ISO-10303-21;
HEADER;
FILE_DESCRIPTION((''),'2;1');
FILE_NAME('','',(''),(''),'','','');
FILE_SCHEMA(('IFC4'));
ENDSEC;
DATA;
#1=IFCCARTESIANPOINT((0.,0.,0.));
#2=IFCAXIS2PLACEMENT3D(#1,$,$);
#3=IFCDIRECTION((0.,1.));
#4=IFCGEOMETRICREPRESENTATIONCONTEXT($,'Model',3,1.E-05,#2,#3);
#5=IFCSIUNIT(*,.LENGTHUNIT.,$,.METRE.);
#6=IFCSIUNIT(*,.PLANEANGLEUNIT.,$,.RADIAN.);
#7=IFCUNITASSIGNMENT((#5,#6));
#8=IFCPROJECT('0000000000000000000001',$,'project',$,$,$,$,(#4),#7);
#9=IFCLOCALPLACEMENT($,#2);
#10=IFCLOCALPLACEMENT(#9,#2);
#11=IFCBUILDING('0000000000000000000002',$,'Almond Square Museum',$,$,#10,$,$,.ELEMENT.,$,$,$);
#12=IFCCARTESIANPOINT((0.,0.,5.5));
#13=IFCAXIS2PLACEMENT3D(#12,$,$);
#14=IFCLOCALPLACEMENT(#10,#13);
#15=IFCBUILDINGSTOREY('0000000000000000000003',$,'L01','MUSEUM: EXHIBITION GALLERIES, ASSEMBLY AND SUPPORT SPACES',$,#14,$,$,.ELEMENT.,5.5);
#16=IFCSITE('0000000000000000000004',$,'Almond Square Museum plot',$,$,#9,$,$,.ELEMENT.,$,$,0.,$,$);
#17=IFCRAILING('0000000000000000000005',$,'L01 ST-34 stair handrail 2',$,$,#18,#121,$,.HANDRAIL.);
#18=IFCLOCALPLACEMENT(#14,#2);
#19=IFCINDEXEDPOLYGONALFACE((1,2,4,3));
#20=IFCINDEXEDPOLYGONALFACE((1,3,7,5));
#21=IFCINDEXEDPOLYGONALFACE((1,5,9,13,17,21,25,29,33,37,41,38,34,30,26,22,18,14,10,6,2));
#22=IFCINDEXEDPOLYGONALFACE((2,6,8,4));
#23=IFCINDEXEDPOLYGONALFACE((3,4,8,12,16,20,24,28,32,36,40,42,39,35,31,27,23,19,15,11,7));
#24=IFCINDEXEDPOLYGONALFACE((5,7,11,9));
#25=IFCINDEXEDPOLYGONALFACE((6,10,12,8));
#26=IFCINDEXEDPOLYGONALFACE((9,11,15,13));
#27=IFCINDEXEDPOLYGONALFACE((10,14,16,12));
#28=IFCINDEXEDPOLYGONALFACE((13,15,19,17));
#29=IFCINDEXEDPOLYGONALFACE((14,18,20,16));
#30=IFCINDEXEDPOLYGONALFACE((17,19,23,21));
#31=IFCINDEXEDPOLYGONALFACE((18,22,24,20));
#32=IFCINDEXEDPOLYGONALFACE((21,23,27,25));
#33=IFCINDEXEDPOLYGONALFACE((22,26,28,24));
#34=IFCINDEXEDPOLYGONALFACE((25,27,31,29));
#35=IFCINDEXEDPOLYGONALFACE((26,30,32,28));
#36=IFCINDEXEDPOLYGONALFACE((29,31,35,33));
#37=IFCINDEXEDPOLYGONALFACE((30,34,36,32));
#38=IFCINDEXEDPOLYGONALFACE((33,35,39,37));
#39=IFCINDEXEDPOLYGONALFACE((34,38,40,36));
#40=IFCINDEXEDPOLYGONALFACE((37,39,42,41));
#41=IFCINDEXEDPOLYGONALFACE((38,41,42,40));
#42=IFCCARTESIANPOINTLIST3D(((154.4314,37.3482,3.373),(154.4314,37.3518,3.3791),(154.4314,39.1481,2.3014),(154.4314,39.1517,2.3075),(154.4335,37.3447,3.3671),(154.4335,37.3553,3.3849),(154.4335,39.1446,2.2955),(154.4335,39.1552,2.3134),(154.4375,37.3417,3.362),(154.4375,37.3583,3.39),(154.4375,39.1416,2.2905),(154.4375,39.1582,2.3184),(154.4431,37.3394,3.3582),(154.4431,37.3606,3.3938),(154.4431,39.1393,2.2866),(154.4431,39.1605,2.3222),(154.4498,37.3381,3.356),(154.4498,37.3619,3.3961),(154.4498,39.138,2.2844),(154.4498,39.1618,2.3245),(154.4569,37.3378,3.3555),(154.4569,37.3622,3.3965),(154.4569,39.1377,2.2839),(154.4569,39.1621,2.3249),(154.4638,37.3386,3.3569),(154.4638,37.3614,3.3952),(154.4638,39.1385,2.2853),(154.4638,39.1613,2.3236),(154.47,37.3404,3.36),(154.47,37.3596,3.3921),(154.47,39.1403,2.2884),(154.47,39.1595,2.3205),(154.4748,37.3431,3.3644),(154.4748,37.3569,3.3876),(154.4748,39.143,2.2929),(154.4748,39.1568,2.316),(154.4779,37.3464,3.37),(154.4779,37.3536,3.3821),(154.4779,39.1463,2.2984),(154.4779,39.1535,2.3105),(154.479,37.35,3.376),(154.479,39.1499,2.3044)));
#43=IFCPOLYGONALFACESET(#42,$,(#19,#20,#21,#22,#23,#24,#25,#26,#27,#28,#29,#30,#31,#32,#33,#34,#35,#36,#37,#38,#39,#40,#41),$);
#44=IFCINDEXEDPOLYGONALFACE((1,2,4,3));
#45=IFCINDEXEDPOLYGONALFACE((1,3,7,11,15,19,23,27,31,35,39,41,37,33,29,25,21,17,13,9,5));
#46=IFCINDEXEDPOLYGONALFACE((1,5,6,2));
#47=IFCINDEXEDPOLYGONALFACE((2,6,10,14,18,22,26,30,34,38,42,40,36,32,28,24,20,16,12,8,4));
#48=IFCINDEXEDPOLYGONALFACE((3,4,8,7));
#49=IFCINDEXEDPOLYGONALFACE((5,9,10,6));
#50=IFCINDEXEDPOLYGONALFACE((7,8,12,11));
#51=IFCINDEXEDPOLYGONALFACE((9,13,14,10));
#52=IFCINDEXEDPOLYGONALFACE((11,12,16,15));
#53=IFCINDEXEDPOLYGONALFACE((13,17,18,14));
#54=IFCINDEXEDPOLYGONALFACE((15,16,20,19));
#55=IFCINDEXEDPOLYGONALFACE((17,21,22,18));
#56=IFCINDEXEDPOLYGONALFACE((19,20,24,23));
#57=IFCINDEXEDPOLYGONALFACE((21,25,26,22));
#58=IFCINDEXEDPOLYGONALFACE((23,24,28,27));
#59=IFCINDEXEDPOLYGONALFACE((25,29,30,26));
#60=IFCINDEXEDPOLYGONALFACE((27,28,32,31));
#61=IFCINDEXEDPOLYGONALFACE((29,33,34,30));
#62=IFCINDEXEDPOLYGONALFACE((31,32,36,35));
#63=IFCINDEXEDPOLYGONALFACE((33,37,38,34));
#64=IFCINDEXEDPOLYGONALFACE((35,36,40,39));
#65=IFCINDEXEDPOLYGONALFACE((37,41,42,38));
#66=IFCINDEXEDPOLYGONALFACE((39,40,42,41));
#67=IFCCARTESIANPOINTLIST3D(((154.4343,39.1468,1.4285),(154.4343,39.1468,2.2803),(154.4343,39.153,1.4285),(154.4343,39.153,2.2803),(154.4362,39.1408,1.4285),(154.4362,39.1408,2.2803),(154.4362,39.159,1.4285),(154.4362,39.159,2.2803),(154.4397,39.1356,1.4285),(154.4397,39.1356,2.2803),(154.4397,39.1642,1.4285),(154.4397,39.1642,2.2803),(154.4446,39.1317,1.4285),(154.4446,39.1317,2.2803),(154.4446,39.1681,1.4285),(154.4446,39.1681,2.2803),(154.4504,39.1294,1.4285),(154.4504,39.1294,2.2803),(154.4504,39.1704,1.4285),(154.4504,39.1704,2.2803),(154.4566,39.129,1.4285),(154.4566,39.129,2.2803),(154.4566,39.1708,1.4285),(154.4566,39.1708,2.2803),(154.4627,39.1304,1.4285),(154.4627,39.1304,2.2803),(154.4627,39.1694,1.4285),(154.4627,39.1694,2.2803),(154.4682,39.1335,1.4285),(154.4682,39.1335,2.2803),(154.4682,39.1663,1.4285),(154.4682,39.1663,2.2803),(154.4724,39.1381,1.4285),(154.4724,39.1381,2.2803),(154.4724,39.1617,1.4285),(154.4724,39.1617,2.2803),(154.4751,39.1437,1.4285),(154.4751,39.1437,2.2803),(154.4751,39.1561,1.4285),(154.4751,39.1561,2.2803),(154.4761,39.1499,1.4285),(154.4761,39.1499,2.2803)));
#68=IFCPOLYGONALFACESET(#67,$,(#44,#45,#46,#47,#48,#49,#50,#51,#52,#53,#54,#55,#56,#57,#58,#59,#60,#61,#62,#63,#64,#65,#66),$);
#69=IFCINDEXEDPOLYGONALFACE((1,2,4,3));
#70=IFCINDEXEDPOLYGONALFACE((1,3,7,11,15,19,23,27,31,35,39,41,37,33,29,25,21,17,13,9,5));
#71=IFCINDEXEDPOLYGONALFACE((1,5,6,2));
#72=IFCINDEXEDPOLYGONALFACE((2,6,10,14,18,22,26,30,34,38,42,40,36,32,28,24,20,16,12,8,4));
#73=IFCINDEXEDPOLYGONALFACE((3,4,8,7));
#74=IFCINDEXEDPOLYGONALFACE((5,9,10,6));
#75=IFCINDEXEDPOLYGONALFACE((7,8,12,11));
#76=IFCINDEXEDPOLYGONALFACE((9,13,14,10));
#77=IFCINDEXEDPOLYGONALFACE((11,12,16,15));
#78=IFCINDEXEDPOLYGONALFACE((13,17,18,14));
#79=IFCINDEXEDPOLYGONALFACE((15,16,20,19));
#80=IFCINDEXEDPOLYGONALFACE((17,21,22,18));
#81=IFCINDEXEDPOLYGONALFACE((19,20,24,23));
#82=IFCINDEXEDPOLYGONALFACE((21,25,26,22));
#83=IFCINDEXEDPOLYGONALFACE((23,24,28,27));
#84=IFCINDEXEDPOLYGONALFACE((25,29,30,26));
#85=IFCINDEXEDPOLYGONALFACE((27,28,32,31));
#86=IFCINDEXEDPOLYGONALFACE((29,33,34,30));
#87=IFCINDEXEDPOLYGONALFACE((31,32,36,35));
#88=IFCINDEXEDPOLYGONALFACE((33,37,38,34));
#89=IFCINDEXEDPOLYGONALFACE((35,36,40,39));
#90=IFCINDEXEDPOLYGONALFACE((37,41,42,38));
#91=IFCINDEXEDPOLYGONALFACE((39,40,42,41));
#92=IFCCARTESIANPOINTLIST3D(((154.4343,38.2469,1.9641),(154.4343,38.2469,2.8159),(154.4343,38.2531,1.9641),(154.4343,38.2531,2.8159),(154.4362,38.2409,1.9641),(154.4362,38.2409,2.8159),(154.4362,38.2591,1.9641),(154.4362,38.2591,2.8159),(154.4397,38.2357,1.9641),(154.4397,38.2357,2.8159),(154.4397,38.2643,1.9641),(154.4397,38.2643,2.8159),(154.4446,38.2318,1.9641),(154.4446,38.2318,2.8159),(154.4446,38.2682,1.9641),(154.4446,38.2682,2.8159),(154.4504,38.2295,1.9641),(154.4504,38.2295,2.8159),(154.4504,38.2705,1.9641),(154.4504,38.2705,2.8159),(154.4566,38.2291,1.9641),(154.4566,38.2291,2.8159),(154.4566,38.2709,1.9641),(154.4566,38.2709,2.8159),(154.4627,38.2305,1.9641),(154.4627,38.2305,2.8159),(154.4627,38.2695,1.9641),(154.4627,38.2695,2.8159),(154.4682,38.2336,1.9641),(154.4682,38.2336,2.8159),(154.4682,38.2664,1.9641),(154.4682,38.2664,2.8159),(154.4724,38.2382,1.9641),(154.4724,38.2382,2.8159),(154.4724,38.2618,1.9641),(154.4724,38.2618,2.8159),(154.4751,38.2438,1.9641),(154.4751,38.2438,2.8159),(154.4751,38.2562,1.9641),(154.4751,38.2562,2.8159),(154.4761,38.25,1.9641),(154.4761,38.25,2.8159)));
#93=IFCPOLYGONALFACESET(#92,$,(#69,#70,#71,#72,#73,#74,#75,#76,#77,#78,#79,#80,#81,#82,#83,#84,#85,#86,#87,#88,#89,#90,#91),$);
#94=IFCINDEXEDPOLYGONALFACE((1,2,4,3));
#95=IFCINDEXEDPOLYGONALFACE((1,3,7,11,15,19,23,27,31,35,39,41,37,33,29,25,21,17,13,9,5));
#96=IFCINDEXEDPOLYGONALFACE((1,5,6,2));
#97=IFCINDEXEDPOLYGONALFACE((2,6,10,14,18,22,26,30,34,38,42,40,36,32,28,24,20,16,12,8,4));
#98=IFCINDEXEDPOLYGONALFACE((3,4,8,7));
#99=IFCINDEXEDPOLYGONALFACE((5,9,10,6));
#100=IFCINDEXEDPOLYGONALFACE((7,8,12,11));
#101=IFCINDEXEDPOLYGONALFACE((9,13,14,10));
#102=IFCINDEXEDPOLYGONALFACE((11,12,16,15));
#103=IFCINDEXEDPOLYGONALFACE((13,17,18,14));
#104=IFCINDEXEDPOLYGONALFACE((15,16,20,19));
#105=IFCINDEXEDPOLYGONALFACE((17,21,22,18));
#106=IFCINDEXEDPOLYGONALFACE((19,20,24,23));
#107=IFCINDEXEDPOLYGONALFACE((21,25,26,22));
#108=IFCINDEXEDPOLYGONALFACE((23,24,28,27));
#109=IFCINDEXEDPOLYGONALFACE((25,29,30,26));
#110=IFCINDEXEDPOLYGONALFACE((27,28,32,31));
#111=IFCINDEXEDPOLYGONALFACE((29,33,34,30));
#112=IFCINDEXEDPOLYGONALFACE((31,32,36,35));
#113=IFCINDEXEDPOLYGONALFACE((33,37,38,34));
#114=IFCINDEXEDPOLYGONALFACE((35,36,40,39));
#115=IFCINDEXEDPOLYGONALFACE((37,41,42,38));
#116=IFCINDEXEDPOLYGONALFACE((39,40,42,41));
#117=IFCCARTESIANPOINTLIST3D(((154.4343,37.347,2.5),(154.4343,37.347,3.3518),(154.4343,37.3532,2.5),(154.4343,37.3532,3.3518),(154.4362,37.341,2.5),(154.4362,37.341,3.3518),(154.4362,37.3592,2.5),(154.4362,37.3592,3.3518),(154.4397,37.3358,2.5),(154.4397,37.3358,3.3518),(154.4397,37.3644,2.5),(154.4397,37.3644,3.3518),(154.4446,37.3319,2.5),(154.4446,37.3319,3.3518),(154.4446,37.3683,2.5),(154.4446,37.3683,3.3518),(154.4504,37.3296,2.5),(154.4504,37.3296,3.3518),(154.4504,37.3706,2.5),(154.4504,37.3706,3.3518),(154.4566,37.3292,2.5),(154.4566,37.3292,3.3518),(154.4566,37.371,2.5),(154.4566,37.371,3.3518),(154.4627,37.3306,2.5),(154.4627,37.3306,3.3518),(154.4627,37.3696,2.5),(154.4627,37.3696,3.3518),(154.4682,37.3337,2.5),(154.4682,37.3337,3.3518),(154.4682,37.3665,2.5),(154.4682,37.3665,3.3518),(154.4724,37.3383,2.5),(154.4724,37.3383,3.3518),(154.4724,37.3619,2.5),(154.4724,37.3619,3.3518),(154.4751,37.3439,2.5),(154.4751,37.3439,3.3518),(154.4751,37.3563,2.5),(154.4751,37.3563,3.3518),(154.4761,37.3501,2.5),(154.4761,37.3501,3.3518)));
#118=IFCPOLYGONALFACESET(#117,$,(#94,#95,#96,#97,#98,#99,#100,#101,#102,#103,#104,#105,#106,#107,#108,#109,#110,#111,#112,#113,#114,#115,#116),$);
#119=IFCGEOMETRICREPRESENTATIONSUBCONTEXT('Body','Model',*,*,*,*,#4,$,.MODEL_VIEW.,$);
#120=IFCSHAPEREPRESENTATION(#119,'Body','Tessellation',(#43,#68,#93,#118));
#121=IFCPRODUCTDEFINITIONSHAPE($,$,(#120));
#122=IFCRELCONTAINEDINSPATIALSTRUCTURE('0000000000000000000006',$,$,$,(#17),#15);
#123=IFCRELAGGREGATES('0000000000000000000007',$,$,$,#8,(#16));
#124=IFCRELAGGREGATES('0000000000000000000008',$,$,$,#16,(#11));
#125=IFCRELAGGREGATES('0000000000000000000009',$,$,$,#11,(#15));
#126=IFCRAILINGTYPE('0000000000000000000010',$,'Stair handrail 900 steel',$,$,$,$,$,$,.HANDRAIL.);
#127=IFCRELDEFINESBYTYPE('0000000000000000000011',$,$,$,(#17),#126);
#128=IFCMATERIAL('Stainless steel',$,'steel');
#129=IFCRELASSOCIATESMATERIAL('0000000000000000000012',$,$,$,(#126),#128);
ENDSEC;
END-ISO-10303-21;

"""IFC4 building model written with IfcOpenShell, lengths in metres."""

from ifc_helpers import new_model, si_unit, direction, frame, origin, origin_2d, place, context, subcontext, project, spatial, circle, extrude, material, type_object, element, save


model = new_model("IFC4")

# Units and contexts
model_context = context("Model", 3, precision=1e-05, world=origin(), true_north=direction((0.0, 1.0)))
body_context = subcontext(model_context, "Body", "Model", "MODEL_VIEW")
ifc_project = project(units=[si_unit("LENGTHUNIT", "METRE"), si_unit("PLANEANGLEUNIT", "RADIAN")], contexts=[model_context])

# Site, building, storey
site_placement = place(None, origin())
site = spatial("IfcSite", under=ifc_project, at=site_placement, Name="Almond Square Museum plot", CompositionType="ELEMENT", RefElevation=0.0)
building_placement = place(site_placement, origin())
building = spatial("IfcBuilding", under=site, at=building_placement, Name="Almond Square Museum", CompositionType="ELEMENT")
storey_placement = place(building_placement, frame((0.0, 0.0, 5.5)))
storey = spatial("IfcBuildingStorey", under=building, at=storey_placement, Name="L01", Description="MUSEUM: EXHIBITION GALLERIES, ASSEMBLY AND SUPPORT SPACES", CompositionType="ELEMENT", Elevation=5.5)

# Railing
ifc_material_1 = material(Name="Stainless steel", Category="steel")
railing_type_1 = type_object("IfcRailingType", Name="Stair handrail 900 steel", PredefinedType="HANDRAIL", material=ifc_material_1)
railing_1_placement = place(storey_placement, frame((154.4551, 39.1499, 1.4285)))
element("IfcRailing", 1, at=railing_1_placement, inside=storey, type_object=railing_type_1, Name="L01 ST-34 stair handrail 2", PredefinedType="HANDRAIL", context=body_context, shape_type="SweptSolid", body=[
    extrude(circle(Radius=0.0239, at=origin_2d()), frame((0.0, 0.0, 0.876), z_axis=(0.0, -0.859247, 0.511562), x_axis=(1.0, 0.0, 0.0)), (0.0, 0.0, 1.0), 2.0947),
    extrude(circle(Radius=0.021, at=origin_2d()), origin(), (0.0, 0.0, 1.0), 0.8518),
    extrude(circle(Radius=0.021, at=origin_2d()), frame((0.0, -0.8999, 0.5356)), (0.0, 0.0, 1.0), 0.8518),
    extrude(circle(Radius=0.021, at=origin_2d()), frame((0.0, -1.7998, 1.0715)), (0.0, 0.0, 1.0), 0.8518),
])

save(model, "model.ifc")
